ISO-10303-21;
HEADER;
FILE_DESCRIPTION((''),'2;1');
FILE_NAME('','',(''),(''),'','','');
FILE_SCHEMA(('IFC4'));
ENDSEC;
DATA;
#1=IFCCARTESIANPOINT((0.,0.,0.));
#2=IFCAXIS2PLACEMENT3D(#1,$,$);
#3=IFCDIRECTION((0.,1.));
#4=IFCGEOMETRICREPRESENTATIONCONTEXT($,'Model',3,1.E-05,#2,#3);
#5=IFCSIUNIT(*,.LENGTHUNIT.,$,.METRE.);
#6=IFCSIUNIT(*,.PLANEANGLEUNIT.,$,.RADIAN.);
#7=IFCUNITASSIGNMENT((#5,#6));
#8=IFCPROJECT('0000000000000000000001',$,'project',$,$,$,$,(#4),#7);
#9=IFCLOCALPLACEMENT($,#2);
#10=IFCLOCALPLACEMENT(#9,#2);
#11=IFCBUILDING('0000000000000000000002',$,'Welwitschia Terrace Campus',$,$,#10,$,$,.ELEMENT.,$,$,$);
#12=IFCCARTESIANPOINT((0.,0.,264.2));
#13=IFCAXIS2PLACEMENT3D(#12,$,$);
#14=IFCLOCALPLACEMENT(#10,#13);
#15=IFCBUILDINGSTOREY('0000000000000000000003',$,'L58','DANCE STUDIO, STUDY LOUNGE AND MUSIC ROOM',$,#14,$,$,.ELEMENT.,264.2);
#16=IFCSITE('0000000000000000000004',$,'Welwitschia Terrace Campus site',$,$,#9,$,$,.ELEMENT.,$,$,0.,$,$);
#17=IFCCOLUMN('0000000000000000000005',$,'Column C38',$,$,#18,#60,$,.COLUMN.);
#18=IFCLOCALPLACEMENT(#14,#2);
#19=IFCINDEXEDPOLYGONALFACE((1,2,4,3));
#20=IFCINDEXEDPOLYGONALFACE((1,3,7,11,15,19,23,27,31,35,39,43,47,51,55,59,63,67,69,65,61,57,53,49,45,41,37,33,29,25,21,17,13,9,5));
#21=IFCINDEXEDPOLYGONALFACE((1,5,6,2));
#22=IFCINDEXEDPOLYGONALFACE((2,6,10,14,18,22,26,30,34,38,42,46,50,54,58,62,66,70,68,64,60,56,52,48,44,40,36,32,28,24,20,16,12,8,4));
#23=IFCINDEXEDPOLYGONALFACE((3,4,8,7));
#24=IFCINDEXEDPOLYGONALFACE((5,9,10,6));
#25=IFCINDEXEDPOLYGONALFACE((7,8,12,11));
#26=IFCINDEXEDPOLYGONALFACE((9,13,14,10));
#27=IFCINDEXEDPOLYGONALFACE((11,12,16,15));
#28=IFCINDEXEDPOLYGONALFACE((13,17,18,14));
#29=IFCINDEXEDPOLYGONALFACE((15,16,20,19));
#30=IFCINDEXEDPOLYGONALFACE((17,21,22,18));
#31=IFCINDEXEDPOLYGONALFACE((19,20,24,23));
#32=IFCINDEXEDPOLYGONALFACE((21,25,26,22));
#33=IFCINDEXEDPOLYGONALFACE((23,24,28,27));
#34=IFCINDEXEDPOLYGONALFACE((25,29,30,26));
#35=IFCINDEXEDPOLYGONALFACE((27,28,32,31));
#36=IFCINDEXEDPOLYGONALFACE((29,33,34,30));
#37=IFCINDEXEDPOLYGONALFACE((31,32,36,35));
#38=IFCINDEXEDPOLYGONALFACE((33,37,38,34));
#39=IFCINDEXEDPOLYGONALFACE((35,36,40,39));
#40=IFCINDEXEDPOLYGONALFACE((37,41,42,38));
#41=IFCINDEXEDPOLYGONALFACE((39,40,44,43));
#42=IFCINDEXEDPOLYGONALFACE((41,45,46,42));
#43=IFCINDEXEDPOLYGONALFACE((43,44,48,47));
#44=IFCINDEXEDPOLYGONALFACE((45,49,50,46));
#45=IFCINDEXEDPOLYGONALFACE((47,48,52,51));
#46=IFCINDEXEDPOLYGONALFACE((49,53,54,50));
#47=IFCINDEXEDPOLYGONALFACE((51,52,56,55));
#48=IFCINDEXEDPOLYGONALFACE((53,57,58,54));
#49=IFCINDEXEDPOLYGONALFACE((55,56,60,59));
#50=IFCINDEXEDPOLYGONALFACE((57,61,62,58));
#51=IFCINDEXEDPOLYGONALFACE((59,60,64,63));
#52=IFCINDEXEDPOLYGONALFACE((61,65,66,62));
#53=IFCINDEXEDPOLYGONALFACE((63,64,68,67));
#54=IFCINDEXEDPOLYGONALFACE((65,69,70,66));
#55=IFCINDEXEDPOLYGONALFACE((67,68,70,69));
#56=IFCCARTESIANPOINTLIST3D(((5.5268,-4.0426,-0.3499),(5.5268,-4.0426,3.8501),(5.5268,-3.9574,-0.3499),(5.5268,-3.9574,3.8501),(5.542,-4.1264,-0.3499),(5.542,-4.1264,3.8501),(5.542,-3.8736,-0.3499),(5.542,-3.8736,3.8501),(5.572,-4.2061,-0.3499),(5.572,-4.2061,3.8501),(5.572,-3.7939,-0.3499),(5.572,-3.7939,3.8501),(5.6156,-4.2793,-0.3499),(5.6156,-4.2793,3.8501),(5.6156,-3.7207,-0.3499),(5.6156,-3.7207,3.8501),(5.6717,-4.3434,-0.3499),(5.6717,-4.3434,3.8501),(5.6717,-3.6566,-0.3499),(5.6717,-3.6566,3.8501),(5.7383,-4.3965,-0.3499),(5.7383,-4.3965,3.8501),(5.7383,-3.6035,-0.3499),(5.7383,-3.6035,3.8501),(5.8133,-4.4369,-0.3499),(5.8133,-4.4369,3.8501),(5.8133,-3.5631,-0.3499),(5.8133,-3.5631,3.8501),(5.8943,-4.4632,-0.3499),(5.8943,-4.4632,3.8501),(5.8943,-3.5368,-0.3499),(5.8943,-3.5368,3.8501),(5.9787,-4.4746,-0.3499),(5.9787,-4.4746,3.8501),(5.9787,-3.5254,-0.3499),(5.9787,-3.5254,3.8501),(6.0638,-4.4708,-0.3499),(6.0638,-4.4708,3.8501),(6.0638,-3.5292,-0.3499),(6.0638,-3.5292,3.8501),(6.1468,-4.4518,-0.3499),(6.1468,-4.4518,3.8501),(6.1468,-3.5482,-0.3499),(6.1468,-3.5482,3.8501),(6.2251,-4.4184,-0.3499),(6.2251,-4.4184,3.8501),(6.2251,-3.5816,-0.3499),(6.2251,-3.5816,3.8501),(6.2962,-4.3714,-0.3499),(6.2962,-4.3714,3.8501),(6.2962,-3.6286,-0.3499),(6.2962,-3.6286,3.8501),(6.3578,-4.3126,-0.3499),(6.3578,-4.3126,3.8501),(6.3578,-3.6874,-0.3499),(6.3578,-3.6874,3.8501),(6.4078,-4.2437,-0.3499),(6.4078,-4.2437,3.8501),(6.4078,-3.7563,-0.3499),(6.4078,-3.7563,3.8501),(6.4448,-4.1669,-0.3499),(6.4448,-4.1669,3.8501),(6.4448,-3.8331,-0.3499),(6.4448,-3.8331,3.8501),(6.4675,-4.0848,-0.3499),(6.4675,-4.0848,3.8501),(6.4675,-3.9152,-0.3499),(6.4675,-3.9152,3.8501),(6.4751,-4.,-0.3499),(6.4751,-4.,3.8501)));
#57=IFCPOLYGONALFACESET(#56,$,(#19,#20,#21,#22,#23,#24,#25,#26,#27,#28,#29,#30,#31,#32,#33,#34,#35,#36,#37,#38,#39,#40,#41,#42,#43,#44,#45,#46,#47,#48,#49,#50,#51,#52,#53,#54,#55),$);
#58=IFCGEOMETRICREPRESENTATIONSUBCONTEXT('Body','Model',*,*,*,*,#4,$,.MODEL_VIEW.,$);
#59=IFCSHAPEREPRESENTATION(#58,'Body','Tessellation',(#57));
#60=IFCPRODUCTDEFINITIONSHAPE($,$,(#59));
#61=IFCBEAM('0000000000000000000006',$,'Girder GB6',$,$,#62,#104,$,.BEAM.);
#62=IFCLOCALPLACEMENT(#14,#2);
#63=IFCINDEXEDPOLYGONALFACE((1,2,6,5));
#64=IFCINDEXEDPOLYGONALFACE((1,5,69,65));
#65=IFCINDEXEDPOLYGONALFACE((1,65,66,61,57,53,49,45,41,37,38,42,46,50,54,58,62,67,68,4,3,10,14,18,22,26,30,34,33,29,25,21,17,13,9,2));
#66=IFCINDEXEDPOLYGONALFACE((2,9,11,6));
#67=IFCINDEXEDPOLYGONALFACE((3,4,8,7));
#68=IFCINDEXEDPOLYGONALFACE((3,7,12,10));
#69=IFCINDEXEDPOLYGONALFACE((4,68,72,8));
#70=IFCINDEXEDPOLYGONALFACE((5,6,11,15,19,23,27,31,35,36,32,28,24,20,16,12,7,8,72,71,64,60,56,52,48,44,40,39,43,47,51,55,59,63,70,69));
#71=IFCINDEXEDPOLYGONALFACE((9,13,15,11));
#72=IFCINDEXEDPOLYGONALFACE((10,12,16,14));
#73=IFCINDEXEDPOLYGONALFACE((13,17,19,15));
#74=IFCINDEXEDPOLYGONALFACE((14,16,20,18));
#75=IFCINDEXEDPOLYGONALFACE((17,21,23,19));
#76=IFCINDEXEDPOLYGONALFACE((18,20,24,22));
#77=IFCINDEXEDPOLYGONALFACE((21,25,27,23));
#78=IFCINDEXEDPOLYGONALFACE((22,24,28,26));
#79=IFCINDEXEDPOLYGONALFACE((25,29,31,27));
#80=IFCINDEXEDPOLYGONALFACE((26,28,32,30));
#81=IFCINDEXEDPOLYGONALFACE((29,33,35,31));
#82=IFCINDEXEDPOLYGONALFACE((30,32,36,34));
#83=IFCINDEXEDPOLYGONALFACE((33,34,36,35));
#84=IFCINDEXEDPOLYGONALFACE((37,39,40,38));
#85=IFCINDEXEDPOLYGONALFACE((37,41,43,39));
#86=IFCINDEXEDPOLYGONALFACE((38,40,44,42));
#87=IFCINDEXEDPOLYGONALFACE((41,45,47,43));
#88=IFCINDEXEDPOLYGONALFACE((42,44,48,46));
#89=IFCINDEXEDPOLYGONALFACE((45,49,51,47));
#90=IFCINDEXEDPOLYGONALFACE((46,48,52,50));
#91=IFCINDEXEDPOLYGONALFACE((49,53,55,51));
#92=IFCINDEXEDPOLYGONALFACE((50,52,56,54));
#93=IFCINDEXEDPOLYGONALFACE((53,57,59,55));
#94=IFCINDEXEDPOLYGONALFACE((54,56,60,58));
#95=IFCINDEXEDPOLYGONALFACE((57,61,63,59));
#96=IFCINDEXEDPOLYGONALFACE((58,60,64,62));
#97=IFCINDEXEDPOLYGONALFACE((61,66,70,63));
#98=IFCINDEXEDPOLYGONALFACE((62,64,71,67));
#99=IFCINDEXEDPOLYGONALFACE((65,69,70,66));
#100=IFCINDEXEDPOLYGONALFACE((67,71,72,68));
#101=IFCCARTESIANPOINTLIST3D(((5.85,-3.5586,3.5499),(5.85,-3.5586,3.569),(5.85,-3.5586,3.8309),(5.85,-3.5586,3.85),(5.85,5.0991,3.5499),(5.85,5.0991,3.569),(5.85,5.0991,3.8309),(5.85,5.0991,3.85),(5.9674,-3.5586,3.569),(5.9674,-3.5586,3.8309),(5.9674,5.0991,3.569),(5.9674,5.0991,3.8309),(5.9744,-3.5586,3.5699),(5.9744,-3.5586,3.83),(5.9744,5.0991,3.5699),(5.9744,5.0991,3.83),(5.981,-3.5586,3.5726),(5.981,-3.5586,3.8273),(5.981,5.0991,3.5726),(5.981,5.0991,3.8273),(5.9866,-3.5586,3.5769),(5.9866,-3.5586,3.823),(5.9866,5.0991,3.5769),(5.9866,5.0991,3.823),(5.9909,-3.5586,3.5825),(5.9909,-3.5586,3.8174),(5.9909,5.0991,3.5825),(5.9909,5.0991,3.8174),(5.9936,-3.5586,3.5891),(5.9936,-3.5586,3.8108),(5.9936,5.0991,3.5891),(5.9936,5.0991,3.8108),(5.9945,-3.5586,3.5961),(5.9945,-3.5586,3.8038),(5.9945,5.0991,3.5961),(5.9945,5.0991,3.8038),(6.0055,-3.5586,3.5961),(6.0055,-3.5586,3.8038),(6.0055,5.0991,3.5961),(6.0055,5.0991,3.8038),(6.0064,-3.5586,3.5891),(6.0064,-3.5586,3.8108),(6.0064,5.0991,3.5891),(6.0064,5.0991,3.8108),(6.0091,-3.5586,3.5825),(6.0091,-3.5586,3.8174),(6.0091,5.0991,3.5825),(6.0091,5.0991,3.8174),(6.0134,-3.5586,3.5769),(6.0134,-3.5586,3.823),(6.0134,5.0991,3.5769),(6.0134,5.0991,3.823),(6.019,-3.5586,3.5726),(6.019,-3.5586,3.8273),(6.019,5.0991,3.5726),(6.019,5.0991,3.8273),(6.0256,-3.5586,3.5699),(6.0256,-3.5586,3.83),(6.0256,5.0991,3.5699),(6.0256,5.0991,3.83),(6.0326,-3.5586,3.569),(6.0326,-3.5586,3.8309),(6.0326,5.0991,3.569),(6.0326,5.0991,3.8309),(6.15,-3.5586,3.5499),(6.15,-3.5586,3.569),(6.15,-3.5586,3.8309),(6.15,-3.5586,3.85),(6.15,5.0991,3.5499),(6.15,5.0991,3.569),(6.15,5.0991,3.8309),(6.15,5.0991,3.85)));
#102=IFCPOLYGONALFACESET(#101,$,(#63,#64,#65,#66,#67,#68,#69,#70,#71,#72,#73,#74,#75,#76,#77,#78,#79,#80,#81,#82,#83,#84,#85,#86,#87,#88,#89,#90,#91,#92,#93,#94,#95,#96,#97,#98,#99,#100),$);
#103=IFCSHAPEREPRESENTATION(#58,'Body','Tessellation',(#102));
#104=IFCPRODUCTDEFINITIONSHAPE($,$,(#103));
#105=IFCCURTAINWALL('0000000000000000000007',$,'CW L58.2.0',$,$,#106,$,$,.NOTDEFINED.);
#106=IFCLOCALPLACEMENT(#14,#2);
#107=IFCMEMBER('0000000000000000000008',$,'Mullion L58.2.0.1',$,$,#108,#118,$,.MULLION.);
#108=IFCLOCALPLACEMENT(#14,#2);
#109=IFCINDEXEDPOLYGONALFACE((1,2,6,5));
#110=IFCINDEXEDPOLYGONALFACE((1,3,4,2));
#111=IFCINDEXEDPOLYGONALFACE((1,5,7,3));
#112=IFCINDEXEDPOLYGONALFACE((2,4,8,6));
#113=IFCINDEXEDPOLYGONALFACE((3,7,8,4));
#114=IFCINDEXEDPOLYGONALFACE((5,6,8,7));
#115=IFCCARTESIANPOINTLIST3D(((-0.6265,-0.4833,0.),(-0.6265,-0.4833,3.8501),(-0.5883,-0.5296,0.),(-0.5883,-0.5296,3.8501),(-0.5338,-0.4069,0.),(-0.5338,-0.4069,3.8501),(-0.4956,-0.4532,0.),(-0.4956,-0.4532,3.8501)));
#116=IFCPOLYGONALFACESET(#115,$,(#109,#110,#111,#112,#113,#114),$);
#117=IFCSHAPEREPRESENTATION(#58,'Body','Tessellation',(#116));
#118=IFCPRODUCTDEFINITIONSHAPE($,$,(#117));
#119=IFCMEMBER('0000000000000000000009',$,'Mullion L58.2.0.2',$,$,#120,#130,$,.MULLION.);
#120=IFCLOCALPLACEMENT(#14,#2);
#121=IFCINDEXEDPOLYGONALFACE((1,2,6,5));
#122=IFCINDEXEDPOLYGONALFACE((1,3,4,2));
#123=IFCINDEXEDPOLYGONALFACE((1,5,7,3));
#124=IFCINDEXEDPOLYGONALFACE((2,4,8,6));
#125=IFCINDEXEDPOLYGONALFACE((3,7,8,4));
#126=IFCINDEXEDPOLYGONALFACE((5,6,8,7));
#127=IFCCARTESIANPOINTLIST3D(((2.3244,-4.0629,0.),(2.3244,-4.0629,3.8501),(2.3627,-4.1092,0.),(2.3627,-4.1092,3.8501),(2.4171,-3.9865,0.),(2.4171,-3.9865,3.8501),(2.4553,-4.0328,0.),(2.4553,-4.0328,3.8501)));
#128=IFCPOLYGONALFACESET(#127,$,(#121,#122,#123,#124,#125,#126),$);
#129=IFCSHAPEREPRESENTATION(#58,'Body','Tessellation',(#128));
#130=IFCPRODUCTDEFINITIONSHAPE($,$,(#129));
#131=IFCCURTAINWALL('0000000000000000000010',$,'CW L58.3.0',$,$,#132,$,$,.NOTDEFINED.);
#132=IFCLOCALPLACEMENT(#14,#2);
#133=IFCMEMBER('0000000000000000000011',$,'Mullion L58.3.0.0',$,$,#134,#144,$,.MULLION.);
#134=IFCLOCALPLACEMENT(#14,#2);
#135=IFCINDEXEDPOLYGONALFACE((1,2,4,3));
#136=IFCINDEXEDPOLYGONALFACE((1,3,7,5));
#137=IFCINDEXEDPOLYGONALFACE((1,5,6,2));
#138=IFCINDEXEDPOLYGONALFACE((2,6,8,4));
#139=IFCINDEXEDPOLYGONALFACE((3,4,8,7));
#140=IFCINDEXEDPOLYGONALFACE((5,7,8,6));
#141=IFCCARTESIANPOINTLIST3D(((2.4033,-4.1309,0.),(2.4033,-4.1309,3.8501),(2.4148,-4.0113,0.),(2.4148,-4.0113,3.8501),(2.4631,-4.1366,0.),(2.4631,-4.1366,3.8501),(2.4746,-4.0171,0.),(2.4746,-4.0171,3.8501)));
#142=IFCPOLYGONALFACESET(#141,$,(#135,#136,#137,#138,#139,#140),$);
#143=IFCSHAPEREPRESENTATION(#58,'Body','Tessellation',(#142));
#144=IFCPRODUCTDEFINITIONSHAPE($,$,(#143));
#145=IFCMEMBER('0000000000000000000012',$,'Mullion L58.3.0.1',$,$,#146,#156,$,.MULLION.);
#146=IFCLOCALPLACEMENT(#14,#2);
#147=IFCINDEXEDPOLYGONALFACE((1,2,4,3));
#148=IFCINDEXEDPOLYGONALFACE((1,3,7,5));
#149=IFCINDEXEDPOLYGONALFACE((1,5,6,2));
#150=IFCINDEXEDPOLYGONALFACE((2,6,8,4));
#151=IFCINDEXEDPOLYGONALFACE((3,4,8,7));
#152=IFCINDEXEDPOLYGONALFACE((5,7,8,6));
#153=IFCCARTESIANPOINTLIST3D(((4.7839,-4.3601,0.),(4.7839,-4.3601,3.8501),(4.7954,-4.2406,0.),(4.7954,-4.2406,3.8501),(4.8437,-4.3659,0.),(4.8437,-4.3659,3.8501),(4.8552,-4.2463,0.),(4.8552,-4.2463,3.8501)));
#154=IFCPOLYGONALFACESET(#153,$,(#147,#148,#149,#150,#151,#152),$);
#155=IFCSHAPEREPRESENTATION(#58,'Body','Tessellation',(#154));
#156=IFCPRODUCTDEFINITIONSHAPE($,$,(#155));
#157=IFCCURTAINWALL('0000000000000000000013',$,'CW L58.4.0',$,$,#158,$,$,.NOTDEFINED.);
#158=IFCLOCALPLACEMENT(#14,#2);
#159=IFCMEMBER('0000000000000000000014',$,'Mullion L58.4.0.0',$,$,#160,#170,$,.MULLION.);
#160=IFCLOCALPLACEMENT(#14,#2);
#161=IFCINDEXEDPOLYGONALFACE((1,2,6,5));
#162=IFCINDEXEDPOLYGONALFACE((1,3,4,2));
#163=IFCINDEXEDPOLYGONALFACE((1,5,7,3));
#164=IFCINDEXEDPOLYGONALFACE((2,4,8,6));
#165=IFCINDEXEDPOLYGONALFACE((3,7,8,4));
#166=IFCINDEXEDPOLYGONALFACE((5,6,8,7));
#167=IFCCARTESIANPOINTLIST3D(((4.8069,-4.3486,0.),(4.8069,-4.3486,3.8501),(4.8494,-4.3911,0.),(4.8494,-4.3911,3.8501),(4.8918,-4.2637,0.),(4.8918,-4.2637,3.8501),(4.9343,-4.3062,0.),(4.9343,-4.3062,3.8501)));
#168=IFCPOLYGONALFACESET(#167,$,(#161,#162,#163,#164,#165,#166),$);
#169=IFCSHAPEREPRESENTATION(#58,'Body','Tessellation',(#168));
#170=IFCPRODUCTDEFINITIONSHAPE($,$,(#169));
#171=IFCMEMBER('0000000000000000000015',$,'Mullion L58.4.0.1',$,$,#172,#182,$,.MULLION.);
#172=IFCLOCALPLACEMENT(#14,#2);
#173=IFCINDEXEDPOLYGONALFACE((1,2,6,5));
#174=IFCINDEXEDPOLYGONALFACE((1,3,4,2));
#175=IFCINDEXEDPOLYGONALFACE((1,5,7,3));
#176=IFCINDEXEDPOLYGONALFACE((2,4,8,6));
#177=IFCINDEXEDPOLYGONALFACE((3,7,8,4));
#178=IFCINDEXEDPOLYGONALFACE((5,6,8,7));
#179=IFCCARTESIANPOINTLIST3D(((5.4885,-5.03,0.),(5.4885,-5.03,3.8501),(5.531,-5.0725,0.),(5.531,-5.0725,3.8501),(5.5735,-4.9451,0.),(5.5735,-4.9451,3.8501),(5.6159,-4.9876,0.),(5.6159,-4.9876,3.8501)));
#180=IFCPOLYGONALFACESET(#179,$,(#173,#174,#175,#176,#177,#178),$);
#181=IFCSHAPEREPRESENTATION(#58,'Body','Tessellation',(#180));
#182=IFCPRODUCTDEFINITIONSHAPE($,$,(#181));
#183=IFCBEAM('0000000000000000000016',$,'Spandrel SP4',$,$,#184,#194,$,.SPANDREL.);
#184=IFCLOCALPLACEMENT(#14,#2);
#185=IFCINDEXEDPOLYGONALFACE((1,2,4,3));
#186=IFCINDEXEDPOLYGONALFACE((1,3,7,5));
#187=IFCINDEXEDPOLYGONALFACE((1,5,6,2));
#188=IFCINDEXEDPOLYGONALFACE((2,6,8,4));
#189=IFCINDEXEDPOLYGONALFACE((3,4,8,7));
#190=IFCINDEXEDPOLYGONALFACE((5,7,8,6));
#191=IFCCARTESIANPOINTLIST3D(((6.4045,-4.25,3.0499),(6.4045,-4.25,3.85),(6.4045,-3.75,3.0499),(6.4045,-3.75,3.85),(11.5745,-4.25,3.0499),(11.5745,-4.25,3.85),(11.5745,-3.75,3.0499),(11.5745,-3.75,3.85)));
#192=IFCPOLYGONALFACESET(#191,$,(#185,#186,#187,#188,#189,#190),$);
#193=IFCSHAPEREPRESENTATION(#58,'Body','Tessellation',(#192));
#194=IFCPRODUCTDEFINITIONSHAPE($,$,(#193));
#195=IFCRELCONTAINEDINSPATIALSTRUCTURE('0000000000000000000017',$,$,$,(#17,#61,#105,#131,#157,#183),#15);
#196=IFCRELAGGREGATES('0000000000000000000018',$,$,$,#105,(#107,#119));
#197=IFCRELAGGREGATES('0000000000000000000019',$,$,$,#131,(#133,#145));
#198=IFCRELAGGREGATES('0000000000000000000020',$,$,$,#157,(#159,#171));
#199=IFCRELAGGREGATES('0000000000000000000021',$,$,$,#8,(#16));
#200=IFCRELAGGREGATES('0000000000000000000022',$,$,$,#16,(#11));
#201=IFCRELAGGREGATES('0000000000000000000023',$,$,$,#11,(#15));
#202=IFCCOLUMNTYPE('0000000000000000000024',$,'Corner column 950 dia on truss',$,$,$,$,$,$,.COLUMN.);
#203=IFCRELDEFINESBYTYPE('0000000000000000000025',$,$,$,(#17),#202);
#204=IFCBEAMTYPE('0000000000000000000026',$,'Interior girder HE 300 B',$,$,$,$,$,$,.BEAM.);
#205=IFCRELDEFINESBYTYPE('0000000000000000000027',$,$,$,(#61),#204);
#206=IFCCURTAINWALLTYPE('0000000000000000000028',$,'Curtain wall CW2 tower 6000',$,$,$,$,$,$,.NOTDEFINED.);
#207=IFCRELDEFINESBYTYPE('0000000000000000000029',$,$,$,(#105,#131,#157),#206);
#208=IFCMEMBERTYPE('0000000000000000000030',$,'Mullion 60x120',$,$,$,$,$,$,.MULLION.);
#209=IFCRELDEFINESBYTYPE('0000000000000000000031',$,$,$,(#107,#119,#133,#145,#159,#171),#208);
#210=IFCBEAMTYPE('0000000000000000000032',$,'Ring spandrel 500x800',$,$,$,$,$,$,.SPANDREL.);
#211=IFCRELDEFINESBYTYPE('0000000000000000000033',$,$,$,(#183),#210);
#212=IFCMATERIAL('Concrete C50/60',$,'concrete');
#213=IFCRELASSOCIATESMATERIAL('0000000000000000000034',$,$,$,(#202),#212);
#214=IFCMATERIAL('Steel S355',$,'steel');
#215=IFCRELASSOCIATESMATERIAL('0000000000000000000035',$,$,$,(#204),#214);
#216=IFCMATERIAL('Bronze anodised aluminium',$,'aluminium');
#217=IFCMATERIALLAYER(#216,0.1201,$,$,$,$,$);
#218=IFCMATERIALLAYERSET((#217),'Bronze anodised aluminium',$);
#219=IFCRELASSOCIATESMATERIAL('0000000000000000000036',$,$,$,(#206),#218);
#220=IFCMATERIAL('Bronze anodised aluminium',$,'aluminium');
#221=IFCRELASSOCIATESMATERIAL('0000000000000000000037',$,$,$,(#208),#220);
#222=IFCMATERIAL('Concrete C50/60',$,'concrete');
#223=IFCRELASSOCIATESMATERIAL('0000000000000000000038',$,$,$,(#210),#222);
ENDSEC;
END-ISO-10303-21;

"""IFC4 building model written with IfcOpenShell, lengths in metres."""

from ifc_helpers import new_model, si_unit, direction, frame, origin, origin_2d, place, context, subcontext, project, spatial, rectangle, circle, i_section, extrude, material, layer, layer_set, material_profile, profile_set, type_object, element, aggregate, save


model = new_model("IFC4")

# Units and contexts
model_context = context("Model", 3, precision=1e-05, world=origin(), true_north=direction((0.0, 1.0)))
body_context = subcontext(model_context, "Body", "Model", "MODEL_VIEW")
ifc_project = project(units=[si_unit("LENGTHUNIT", "METRE"), si_unit("PLANEANGLEUNIT", "RADIAN")], contexts=[model_context])

# Site, building, storey
site_placement = place(None, origin())
site = spatial("IfcSite", under=ifc_project, at=site_placement, Name="Welwitschia Terrace Campus site", CompositionType="ELEMENT", RefElevation=0.0)
building_placement = place(site_placement, origin())
building = spatial("IfcBuilding", under=site, at=building_placement, Name="Welwitschia Terrace Campus", CompositionType="ELEMENT")
storey_placement = place(building_placement, frame((0.0, 0.0, 264.2)))
storey = spatial("IfcBuildingStorey", under=building, at=storey_placement, Name="L58", Description="DANCE STUDIO, STUDY LOUNGE AND MUSIC ROOM", CompositionType="ELEMENT", Elevation=264.2)

# Column
ifc_material_1 = material(Name="Concrete C50/60", Category="concrete")
ifc_material_profile_1 = material_profile(ifc_material_1, circle(Radius=0.4751, at=origin_2d()))
ifc_profile_set_1 = profile_set([ifc_material_profile_1], Name="Concrete C50/60")
column_type = type_object("IfcColumnType", Name="Corner column 950 dia on truss", PredefinedType="COLUMN", material=ifc_profile_set_1)
column_placement = place(storey_placement, frame((6.0, -4.0, -0.3499), z_axis=(0.0, 0.0, 1.0), x_axis=(1.0, 0.0, 0.0)))
element("IfcColumn", 1, at=column_placement, inside=storey, type_object=column_type, Name="Column C38", PredefinedType="COLUMN", context=body_context, shape_type="SweptSolid", body=[
    extrude(circle(Radius=0.4751, at=origin_2d()), origin(), (0.0, 0.0, 1.0), 4.2),
])

# Beam
ifc_material_2 = material(Name="Steel S355", Category="steel")
ifc_material_profile_2 = material_profile(ifc_material_2, i_section(OverallWidth=0.3, OverallDepth=0.3, WebThickness=0.011, FlangeThickness=0.019, FilletRadius=0.0271, at=origin_2d()))
ifc_profile_set_2 = profile_set([ifc_material_profile_2], Name="Steel S355")
beam_type_1 = type_object("IfcBeamType", Name="Interior girder HE 300 B", PredefinedType="BEAM", material=ifc_profile_set_2)
beam_1_placement = place(storey_placement, frame((6.0, -3.5586, 3.7), z_axis=(0.0, 1.0, 0.0), x_axis=(-1.0, 0.0, 0.0)))
element("IfcBeam", 2, at=beam_1_placement, inside=storey, type_object=beam_type_1, Name="Girder GB6", PredefinedType="BEAM", context=body_context, shape_type="SweptSolid", body=[
    extrude(i_section(OverallWidth=0.3, OverallDepth=0.3, WebThickness=0.011, FlangeThickness=0.019, FilletRadius=0.0271, at=origin_2d()), origin(), (0.0, 0.0, 1.0), 8.6577),
])

# Curtain walls, members
ifc_material_3 = material(Name="Bronze anodised aluminium", Category="aluminium")
ifc_layer_1 = layer(ifc_material_3, 0.1201)
ifc_layer_set_1 = layer_set([ifc_layer_1], Name="Bronze anodised aluminium")
curtain_wall_type = type_object("IfcCurtainWallType", Name="Curtain wall CW2 tower 6000", PredefinedType="NOTDEFINED", material=ifc_layer_set_1)
curtain_wall_1_placement = place(storey_placement, origin())
curtain_wall_1 = element("IfcCurtainWall", 3, at=curtain_wall_1_placement, inside=storey, type_object=curtain_wall_type, Name="CW L58.2.0", PredefinedType="NOTDEFINED")
ifc_material_4 = material(Name="Bronze anodised aluminium", Category="aluminium")
ifc_material_profile_3 = material_profile(ifc_material_4, rectangle(XDim=0.1201, YDim=0.0601, at=origin_2d()))
ifc_profile_set_3 = profile_set([ifc_material_profile_3], Name="Bronze anodised aluminium")
member_type_1 = type_object("IfcMemberType", Name="Mullion 60x120", PredefinedType="MULLION", material=ifc_profile_set_3)
member_1_placement = place(storey_placement, frame((-0.561, -0.4683, 0.0), z_axis=(0.0, 0.0, 1.0), x_axis=(0.771625, 0.636078, 0.0)))
member_1 = element("IfcMember", 4, at=member_1_placement, type_object=member_type_1, Name="Mullion L58.2.0.1", PredefinedType="MULLION", context=body_context, shape_type="SweptSolid", body=[
    extrude(rectangle(XDim=0.1201, YDim=0.0601, at=origin_2d()), origin(), (0.0, 0.0, 1.0), 3.8501),
])
member_2_placement = place(storey_placement, frame((2.3899, -4.0479, 0.0), z_axis=(0.0, 0.0, 1.0), x_axis=(0.771625, 0.636078, 0.0)))
member_2 = element("IfcMember", 5, at=member_2_placement, type_object=member_type_1, Name="Mullion L58.2.0.2", PredefinedType="MULLION", context=body_context, shape_type="SweptSolid", body=[
    extrude(rectangle(XDim=0.1201, YDim=0.0601, at=origin_2d()), origin(), (0.0, 0.0, 1.0), 3.8501),
])
curtain_wall_2_placement = place(storey_placement, origin())
curtain_wall_2 = element("IfcCurtainWall", 6, at=curtain_wall_2_placement, inside=storey, type_object=curtain_wall_type, Name="CW L58.3.0", PredefinedType="NOTDEFINED")
member_3_placement = place(storey_placement, frame((2.439, -4.074, 0.0), z_axis=(0.0, 0.0, 1.0), x_axis=(0.095846, 0.995396, 0.0)))
member_3 = element("IfcMember", 7, at=member_3_placement, type_object=member_type_1, Name="Mullion L58.3.0.0", PredefinedType="MULLION", context=body_context, shape_type="SweptSolid", body=[
    extrude(rectangle(XDim=0.1201, YDim=0.0601, at=origin_2d()), origin(), (0.0, 0.0, 1.0), 3.8501),
])
member_4_placement = place(storey_placement, frame((4.8196, -4.3032, 0.0), z_axis=(0.0, 0.0, 1.0), x_axis=(0.095846, 0.995396, 0.0)))
member_4 = element("IfcMember", 8, at=member_4_placement, type_object=member_type_1, Name="Mullion L58.3.0.1", PredefinedType="MULLION", context=body_context, shape_type="SweptSolid", body=[
    extrude(rectangle(XDim=0.1201, YDim=0.0601, at=origin_2d()), origin(), (0.0, 0.0, 1.0), 3.8501),
])
curtain_wall_3_placement = place(storey_placement, origin())
curtain_wall_3 = element("IfcCurtainWall", 9, at=curtain_wall_3_placement, inside=storey, type_object=curtain_wall_type, Name="CW L58.4.0", PredefinedType="NOTDEFINED")
member_5_placement = place(storey_placement, frame((4.8706, -4.3274, 0.0), z_axis=(0.0, 0.0, 1.0), x_axis=(0.707107, 0.707107, 0.0)))
member_5 = element("IfcMember", 10, at=member_5_placement, type_object=member_type_1, Name="Mullion L58.4.0.0", PredefinedType="MULLION", context=body_context, shape_type="SweptSolid", body=[
    extrude(rectangle(XDim=0.1201, YDim=0.0601, at=origin_2d()), origin(), (0.0, 0.0, 1.0), 3.8501),
])
member_6_placement = place(storey_placement, frame((5.5522, -5.0088, 0.0), z_axis=(0.0, 0.0, 1.0), x_axis=(0.707107, 0.707107, 0.0)))
member_6 = element("IfcMember", 11, at=member_6_placement, type_object=member_type_1, Name="Mullion L58.4.0.1", PredefinedType="MULLION", context=body_context, shape_type="SweptSolid", body=[
    extrude(rectangle(XDim=0.1201, YDim=0.0601, at=origin_2d()), origin(), (0.0, 0.0, 1.0), 3.8501),
])

# Beam
ifc_material_5 = material(Name="Concrete C50/60", Category="concrete")
ifc_material_profile_4 = material_profile(ifc_material_5, rectangle(XDim=0.5, YDim=0.8, at=origin_2d()))
ifc_profile_set_4 = profile_set([ifc_material_profile_4], Name="Concrete C50/60")
beam_type_2 = type_object("IfcBeamType", Name="Ring spandrel 500x800", PredefinedType="SPANDREL", material=ifc_profile_set_4)
beam_2_placement = place(storey_placement, frame((6.4045, -4.0, 3.45), z_axis=(1.0, 0.0, 0.0), x_axis=(0.0, 1.0, 0.0)))
element("IfcBeam", 12, at=beam_2_placement, inside=storey, type_object=beam_type_2, Name="Spandrel SP4", PredefinedType="SPANDREL", context=body_context, shape_type="SweptSolid", body=[
    extrude(rectangle(XDim=0.5, YDim=0.8, at=origin_2d()), origin(), (0.0, 0.0, 1.0), 5.1699),
])

aggregate(curtain_wall_1, [member_1, member_2])
aggregate(curtain_wall_2, [member_3, member_4])
aggregate(curtain_wall_3, [member_5, member_6])

save(model, "model.ifc")
